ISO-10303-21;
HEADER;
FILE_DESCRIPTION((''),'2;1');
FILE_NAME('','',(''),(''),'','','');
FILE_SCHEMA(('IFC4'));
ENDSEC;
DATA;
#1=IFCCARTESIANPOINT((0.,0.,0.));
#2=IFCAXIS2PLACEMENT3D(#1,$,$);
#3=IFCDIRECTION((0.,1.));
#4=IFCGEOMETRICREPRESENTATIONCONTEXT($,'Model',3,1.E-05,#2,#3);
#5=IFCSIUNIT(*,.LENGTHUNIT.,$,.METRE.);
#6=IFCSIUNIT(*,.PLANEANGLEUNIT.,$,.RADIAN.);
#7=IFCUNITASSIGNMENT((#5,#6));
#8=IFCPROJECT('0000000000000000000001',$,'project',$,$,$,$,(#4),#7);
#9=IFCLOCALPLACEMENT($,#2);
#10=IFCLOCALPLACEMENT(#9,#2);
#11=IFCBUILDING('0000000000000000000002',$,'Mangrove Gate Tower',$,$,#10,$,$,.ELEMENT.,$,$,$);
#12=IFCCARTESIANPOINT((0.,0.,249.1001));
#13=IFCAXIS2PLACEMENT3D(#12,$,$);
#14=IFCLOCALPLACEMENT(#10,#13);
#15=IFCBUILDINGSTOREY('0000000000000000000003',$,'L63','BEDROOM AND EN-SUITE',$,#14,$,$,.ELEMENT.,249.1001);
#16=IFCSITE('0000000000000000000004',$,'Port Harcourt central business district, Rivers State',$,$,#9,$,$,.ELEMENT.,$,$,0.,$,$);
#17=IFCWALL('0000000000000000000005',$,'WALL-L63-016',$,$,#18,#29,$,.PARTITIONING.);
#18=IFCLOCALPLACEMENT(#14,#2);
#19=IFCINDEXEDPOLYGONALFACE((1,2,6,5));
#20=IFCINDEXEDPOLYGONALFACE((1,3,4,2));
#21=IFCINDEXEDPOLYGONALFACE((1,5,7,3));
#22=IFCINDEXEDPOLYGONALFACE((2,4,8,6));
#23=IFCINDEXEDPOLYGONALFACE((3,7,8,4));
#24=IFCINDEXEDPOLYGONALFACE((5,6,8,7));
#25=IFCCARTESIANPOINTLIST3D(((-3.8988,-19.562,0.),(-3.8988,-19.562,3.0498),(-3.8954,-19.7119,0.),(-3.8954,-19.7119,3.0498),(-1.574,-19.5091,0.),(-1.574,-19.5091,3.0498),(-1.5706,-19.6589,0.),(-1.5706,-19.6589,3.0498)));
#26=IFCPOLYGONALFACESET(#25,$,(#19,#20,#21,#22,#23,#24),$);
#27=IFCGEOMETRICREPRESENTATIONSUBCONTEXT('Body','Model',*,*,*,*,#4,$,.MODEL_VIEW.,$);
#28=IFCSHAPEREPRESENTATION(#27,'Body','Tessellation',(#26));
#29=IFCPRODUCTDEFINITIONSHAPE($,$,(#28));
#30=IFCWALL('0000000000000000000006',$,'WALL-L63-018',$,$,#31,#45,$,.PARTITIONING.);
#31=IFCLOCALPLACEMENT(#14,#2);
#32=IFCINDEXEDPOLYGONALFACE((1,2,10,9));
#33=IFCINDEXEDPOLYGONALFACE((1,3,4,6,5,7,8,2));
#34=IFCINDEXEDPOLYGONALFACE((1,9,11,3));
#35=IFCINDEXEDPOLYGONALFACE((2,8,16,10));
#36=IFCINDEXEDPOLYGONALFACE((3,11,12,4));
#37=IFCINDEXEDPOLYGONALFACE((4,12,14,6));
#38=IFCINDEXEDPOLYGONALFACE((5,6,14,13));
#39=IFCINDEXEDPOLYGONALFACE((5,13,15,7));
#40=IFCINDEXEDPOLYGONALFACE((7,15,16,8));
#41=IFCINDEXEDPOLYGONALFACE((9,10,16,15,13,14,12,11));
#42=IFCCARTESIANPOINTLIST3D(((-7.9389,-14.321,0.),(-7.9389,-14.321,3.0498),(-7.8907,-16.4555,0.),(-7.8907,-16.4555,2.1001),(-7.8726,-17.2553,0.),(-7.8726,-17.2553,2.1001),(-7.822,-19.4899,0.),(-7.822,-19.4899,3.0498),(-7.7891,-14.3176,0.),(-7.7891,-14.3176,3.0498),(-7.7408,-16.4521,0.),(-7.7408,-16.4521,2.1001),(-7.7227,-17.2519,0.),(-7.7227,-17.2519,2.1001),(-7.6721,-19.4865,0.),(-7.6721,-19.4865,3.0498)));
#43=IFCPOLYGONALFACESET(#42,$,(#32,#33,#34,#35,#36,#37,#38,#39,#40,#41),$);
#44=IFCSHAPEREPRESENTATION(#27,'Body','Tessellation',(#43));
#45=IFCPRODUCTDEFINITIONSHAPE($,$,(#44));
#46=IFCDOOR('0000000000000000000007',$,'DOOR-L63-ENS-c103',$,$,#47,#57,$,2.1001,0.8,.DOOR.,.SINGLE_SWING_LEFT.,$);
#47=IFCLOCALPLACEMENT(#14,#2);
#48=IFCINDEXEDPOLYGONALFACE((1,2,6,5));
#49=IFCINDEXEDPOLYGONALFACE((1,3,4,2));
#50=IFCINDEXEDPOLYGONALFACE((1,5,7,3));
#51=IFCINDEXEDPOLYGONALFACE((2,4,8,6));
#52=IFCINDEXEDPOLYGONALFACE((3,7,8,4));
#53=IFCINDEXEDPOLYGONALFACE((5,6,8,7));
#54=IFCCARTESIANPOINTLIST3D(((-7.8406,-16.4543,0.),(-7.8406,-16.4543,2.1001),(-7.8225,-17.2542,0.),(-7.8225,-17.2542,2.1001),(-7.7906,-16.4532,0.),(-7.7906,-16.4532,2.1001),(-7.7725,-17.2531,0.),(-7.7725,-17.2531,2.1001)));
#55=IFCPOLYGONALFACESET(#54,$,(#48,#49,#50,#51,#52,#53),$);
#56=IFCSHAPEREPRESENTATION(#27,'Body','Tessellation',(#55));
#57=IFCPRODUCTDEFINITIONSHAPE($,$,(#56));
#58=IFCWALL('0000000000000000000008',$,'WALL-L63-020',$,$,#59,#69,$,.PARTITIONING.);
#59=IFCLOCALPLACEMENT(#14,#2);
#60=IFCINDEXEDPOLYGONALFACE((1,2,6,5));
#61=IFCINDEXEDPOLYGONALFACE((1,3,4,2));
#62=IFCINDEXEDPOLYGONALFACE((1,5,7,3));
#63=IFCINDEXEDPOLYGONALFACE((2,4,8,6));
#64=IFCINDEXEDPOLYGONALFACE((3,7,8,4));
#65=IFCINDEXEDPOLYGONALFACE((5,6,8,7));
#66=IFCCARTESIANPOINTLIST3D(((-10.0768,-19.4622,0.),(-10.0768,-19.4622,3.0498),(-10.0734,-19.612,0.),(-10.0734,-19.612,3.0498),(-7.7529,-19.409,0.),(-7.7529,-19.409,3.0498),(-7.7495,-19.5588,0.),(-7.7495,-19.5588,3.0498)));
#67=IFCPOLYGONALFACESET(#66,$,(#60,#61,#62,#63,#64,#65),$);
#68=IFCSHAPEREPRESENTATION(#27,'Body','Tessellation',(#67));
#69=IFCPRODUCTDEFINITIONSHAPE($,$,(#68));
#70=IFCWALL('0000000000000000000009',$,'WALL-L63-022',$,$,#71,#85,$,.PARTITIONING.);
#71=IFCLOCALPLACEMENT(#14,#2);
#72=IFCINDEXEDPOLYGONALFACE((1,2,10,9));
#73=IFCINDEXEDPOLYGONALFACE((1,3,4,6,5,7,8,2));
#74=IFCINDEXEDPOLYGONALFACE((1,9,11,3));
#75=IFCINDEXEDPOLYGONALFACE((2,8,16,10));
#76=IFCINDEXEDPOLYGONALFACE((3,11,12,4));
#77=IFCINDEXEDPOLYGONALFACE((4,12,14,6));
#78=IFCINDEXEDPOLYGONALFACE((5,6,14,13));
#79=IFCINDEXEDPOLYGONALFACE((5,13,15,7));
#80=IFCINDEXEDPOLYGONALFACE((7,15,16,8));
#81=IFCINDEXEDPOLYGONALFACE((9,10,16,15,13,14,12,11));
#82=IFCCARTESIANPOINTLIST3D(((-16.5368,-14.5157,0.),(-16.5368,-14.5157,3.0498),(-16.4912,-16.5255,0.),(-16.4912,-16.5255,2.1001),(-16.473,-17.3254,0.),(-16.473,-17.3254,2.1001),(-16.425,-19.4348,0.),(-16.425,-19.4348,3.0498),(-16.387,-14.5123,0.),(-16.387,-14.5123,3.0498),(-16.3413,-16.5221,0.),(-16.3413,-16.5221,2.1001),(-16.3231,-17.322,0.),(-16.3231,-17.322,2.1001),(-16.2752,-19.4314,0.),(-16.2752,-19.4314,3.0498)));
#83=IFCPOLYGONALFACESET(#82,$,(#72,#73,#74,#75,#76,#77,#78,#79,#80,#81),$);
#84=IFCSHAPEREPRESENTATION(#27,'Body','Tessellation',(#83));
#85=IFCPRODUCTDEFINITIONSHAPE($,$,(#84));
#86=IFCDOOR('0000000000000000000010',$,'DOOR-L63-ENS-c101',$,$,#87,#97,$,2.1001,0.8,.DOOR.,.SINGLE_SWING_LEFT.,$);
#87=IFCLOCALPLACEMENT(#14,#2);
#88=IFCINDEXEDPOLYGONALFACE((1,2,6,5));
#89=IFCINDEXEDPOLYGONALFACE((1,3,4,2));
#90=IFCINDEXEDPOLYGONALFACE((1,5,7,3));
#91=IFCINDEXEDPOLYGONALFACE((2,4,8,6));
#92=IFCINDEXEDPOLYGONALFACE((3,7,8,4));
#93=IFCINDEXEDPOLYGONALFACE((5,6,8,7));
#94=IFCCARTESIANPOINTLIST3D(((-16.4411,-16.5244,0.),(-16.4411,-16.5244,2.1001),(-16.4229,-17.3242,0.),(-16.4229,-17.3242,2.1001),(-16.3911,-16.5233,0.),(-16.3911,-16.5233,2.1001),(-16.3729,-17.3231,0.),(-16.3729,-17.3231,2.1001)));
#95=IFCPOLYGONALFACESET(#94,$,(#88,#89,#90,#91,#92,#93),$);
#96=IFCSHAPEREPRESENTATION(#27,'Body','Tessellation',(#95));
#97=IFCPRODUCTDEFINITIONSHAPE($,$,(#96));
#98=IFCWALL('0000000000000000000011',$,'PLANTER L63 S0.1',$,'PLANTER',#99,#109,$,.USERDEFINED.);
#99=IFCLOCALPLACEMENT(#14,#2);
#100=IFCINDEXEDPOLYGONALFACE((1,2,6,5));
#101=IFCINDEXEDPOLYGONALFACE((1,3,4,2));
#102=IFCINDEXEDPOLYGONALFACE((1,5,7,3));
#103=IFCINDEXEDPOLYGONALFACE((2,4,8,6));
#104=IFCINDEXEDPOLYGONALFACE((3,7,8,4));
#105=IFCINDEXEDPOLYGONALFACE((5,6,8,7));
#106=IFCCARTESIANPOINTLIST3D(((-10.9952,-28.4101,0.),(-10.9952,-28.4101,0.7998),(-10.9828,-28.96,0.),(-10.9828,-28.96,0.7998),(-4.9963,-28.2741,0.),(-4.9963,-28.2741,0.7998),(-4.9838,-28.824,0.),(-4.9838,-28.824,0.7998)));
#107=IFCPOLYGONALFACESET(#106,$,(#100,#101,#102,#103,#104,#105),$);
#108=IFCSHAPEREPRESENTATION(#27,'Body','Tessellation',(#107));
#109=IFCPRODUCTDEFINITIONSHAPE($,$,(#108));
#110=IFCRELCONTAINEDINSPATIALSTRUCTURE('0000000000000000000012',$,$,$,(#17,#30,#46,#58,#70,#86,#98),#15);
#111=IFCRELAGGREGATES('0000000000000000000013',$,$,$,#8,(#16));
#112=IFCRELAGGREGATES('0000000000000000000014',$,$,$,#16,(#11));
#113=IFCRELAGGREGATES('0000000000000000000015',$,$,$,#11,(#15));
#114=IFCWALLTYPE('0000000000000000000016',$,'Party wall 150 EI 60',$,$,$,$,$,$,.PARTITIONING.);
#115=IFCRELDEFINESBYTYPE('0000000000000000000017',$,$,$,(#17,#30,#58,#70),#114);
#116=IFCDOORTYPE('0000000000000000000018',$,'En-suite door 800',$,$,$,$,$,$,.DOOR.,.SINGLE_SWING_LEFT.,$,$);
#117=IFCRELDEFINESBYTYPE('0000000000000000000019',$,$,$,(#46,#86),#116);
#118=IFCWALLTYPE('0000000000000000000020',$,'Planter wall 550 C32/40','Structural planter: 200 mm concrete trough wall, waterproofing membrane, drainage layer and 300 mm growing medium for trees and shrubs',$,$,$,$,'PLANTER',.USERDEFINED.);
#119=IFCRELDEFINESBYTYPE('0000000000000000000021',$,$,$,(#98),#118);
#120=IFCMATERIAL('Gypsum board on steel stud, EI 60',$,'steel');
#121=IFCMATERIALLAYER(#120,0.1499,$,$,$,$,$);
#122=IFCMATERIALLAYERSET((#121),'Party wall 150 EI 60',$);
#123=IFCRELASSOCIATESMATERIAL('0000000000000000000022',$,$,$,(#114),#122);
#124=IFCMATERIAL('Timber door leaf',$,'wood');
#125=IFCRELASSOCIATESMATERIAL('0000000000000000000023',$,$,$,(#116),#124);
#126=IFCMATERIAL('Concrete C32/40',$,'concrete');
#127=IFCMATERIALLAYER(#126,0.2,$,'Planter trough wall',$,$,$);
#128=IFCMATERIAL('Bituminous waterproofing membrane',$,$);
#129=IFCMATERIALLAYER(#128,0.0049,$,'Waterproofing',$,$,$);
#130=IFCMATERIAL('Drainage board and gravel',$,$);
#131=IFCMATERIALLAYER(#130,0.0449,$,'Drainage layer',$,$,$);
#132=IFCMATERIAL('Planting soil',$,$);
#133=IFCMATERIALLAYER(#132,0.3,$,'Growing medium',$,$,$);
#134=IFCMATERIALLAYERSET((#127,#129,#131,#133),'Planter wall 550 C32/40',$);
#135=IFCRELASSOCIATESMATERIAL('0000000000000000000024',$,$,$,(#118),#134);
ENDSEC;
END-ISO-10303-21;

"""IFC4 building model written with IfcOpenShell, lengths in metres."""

from ifc_helpers import new_model, si_unit, direction, frame, frame_2d, origin, place, context, subcontext, project, spatial, rectangle, extrude, material, layer, layer_set, type_object, element, fill, save


model = new_model("IFC4")

# Units and contexts
model_context = context("Model", 3, precision=1e-05, world=origin(), true_north=direction((0.0, 1.0)))
body_context = subcontext(model_context, "Body", "Model", "MODEL_VIEW")
ifc_project = project(units=[si_unit("LENGTHUNIT", "METRE"), si_unit("PLANEANGLEUNIT", "RADIAN")], contexts=[model_context])

# Site, building, storey
site_placement = place(None, origin())
site = spatial("IfcSite", under=ifc_project, at=site_placement, Name="Port Harcourt central business district, Rivers State", CompositionType="ELEMENT", RefElevation=0.0)
building_placement = place(site_placement, origin())
building = spatial("IfcBuilding", under=site, at=building_placement, Name="Mangrove Gate Tower", CompositionType="ELEMENT")
storey_placement = place(building_placement, frame((0.0, 0.0, 249.1001)))
storey = spatial("IfcBuildingStorey", under=building, at=storey_placement, Name="L63", Description="BEDROOM AND EN-SUITE", CompositionType="ELEMENT", Elevation=249.1001)

# Shared definitions
ifc_material_1 = material(Name="Gypsum board on steel stud, EI 60", Category="steel")
ifc_layer_1 = layer(ifc_material_1, 0.1499)
ifc_layer_set_1 = layer_set([ifc_layer_1], Name="Party wall 150 EI 60")
wall_type_1 = type_object("IfcWallType", Name="Party wall 150 EI 60", PredefinedType="PARTITIONING", material=ifc_layer_set_1)

# Shared definitions
ifc_material_2 = material(Name="Timber door leaf", Category="wood")
door_type = type_object("IfcDoorType", Name="En-suite door 800", OperationType="SINGLE_SWING_LEFT", PredefinedType="DOOR", material=ifc_material_2)

# Wall
wall_1_placement = place(storey_placement, frame((-3.897, -19.637, 0.0), z_axis=(0.0, 0.0, 1.0), x_axis=(0.99974, 0.022781, 0.0)))
element("IfcWall", 1, at=wall_1_placement, inside=storey, type_object=wall_type_1, Name="WALL-L63-016", PredefinedType="PARTITIONING", context=body_context, shape_type="SweptSolid", body=[
    extrude(rectangle(XDim=2.3254, YDim=0.1499, at=frame_2d((1.1626, 0.0))), origin(), (0.0, 0.0, 1.0), 3.0498),
])

# Wall, opening, door
wall_2_placement = place(storey_placement, frame((-7.7471, -19.488, 0.0), z_axis=(0.0, 0.0, 1.0), x_axis=(-0.022618, 0.999744, 0.0)))
wall_2 = element("IfcWall", 2, at=wall_2_placement, inside=storey, type_object=wall_type_1, Name="WALL-L63-018", PredefinedType="PARTITIONING", context=body_context, shape_type="SweptSolid", body=[
    extrude(rectangle(XDim=5.1702, YDim=0.1499, at=frame_2d((2.585, 0.0))), origin(), (0.0, 0.0, 1.0), 3.0498),
])
opening_1_placement = place(wall_2_placement, frame((2.2351, 0.0, 0.0)))
opening_1 = element("IfcOpeningElement", 3, at=opening_1_placement, cuts=wall_2, PredefinedType="OPENING", context=body_context, shape_type="SweptSolid", body=[
    extrude(rectangle(XDim=0.8, YDim=2.1001, at=frame_2d((0.3999, 1.05))), frame((0.0, 0.085, 0.0), z_axis=(0.0, -1.0, 0.0), x_axis=(1.0, 0.0, 0.0)), (0.0, 0.0, 1.0), 0.1699),
])
door_1_placement = place(opening_1_placement, origin())
door_1 = element("IfcDoor", 4, at=door_1_placement, inside=storey, type_object=door_type, Name="DOOR-L63-ENS-c103", OperationType="SINGLE_SWING_LEFT", OverallHeight=2.1001, OverallWidth=0.8, PredefinedType="DOOR", context=body_context, shape_type="SweptSolid", body=[
    extrude(rectangle(XDim=0.8, YDim=2.1001, at=frame_2d((0.3999, 1.05))), frame((0.0, 0.0249, 0.0), z_axis=(0.0, -1.0, 0.0), x_axis=(1.0, 0.0, 0.0)), (0.0, 0.0, 1.0), 0.05),
])
fill(opening_1, door_1)

# Wall
wall_3_placement = place(storey_placement, frame((-10.075, -19.5371, 0.0), z_axis=(0.0, 0.0, 1.0), x_axis=(0.999738, 0.022896, 0.0)))
element("IfcWall", 5, at=wall_3_placement, inside=storey, type_object=wall_type_1, Name="WALL-L63-020", PredefinedType="PARTITIONING", context=body_context, shape_type="SweptSolid", body=[
    extrude(rectangle(XDim=2.3245, YDim=0.1499, at=frame_2d((1.1621, 0.0))), origin(), (0.0, 0.0, 1.0), 3.0498),
])

# Wall, opening, door
wall_4_placement = place(storey_placement, frame((-16.3501, -19.4331, 0.0), z_axis=(0.0, 0.0, 1.0), x_axis=(-0.022725, 0.999742, 0.0)))
wall_4 = element("IfcWall", 6, at=wall_4_placement, inside=storey, type_object=wall_type_1, Name="WALL-L63-022", PredefinedType="PARTITIONING", context=body_context, shape_type="SweptSolid", body=[
    extrude(rectangle(XDim=4.9204, YDim=0.1499, at=frame_2d((2.4602, 0.0))), origin(), (0.0, 0.0, 1.0), 3.0498),
])
opening_2_placement = place(wall_4_placement, frame((2.1101, 0.0, 0.0)))
opening_2 = element("IfcOpeningElement", 7, at=opening_2_placement, cuts=wall_4, PredefinedType="OPENING", context=body_context, shape_type="SweptSolid", body=[
    extrude(rectangle(XDim=0.8, YDim=2.1001, at=frame_2d((0.3999, 1.05))), frame((0.0, 0.085, 0.0), z_axis=(0.0, -1.0, 0.0), x_axis=(1.0, 0.0, 0.0)), (0.0, 0.0, 1.0), 0.1699),
])
door_2_placement = place(opening_2_placement, origin())
door_2 = element("IfcDoor", 8, at=door_2_placement, inside=storey, type_object=door_type, Name="DOOR-L63-ENS-c101", OperationType="SINGLE_SWING_LEFT", OverallHeight=2.1001, OverallWidth=0.8, PredefinedType="DOOR", context=body_context, shape_type="SweptSolid", body=[
    extrude(rectangle(XDim=0.8, YDim=2.1001, at=frame_2d((0.3999, 1.05))), frame((0.0, 0.0249, 0.0), z_axis=(0.0, -1.0, 0.0), x_axis=(1.0, 0.0, 0.0)), (0.0, 0.0, 1.0), 0.05),
])
fill(opening_2, door_2)

# Wall
ifc_material_3 = material(Name="Concrete C32/40", Category="concrete")
ifc_layer_2 = layer(ifc_material_3, 0.2, Name="Planter trough wall")
ifc_material_4 = material(Name="Bituminous waterproofing membrane")
ifc_layer_3 = layer(ifc_material_4, 0.0049, Name="Waterproofing")
ifc_material_5 = material(Name="Drainage board and gravel")
ifc_layer_4 = layer(ifc_material_5, 0.0449, Name="Drainage layer")
ifc_material_6 = material(Name="Planting soil")
ifc_layer_5 = layer(ifc_material_6, 0.3, Name="Growing medium")
ifc_layer_set_2 = layer_set([ifc_layer_2, ifc_layer_3, ifc_layer_4, ifc_layer_5], Name="Planter wall 550 C32/40")
wall_type_2 = type_object("IfcWallType", Name="Planter wall 550 C32/40", Description="Structural planter: 200 mm concrete trough wall, waterproofing membrane, drainage layer and 300 mm growing medium for trees and shrubs", ElementType="PLANTER", PredefinedType="USERDEFINED", material=ifc_layer_set_2)
wall_5_placement = place(storey_placement, frame((-10.989, -28.6851, 0.0), z_axis=(0.0, 0.0, 1.0), x_axis=(0.999743, 0.022662, 0.0)))
element("IfcWall", 9, at=wall_5_placement, inside=storey, type_object=wall_type_2, Name="PLANTER L63 S0.1", ObjectType="PLANTER", PredefinedType="USERDEFINED", context=body_context, shape_type="SweptSolid", body=[
    extrude(rectangle(XDim=6.0005, YDim=0.55, at=frame_2d((3.0002, 0.0))), origin(), (0.0, 0.0, 1.0), 0.7998),
])

save(model, "model.ifc")
